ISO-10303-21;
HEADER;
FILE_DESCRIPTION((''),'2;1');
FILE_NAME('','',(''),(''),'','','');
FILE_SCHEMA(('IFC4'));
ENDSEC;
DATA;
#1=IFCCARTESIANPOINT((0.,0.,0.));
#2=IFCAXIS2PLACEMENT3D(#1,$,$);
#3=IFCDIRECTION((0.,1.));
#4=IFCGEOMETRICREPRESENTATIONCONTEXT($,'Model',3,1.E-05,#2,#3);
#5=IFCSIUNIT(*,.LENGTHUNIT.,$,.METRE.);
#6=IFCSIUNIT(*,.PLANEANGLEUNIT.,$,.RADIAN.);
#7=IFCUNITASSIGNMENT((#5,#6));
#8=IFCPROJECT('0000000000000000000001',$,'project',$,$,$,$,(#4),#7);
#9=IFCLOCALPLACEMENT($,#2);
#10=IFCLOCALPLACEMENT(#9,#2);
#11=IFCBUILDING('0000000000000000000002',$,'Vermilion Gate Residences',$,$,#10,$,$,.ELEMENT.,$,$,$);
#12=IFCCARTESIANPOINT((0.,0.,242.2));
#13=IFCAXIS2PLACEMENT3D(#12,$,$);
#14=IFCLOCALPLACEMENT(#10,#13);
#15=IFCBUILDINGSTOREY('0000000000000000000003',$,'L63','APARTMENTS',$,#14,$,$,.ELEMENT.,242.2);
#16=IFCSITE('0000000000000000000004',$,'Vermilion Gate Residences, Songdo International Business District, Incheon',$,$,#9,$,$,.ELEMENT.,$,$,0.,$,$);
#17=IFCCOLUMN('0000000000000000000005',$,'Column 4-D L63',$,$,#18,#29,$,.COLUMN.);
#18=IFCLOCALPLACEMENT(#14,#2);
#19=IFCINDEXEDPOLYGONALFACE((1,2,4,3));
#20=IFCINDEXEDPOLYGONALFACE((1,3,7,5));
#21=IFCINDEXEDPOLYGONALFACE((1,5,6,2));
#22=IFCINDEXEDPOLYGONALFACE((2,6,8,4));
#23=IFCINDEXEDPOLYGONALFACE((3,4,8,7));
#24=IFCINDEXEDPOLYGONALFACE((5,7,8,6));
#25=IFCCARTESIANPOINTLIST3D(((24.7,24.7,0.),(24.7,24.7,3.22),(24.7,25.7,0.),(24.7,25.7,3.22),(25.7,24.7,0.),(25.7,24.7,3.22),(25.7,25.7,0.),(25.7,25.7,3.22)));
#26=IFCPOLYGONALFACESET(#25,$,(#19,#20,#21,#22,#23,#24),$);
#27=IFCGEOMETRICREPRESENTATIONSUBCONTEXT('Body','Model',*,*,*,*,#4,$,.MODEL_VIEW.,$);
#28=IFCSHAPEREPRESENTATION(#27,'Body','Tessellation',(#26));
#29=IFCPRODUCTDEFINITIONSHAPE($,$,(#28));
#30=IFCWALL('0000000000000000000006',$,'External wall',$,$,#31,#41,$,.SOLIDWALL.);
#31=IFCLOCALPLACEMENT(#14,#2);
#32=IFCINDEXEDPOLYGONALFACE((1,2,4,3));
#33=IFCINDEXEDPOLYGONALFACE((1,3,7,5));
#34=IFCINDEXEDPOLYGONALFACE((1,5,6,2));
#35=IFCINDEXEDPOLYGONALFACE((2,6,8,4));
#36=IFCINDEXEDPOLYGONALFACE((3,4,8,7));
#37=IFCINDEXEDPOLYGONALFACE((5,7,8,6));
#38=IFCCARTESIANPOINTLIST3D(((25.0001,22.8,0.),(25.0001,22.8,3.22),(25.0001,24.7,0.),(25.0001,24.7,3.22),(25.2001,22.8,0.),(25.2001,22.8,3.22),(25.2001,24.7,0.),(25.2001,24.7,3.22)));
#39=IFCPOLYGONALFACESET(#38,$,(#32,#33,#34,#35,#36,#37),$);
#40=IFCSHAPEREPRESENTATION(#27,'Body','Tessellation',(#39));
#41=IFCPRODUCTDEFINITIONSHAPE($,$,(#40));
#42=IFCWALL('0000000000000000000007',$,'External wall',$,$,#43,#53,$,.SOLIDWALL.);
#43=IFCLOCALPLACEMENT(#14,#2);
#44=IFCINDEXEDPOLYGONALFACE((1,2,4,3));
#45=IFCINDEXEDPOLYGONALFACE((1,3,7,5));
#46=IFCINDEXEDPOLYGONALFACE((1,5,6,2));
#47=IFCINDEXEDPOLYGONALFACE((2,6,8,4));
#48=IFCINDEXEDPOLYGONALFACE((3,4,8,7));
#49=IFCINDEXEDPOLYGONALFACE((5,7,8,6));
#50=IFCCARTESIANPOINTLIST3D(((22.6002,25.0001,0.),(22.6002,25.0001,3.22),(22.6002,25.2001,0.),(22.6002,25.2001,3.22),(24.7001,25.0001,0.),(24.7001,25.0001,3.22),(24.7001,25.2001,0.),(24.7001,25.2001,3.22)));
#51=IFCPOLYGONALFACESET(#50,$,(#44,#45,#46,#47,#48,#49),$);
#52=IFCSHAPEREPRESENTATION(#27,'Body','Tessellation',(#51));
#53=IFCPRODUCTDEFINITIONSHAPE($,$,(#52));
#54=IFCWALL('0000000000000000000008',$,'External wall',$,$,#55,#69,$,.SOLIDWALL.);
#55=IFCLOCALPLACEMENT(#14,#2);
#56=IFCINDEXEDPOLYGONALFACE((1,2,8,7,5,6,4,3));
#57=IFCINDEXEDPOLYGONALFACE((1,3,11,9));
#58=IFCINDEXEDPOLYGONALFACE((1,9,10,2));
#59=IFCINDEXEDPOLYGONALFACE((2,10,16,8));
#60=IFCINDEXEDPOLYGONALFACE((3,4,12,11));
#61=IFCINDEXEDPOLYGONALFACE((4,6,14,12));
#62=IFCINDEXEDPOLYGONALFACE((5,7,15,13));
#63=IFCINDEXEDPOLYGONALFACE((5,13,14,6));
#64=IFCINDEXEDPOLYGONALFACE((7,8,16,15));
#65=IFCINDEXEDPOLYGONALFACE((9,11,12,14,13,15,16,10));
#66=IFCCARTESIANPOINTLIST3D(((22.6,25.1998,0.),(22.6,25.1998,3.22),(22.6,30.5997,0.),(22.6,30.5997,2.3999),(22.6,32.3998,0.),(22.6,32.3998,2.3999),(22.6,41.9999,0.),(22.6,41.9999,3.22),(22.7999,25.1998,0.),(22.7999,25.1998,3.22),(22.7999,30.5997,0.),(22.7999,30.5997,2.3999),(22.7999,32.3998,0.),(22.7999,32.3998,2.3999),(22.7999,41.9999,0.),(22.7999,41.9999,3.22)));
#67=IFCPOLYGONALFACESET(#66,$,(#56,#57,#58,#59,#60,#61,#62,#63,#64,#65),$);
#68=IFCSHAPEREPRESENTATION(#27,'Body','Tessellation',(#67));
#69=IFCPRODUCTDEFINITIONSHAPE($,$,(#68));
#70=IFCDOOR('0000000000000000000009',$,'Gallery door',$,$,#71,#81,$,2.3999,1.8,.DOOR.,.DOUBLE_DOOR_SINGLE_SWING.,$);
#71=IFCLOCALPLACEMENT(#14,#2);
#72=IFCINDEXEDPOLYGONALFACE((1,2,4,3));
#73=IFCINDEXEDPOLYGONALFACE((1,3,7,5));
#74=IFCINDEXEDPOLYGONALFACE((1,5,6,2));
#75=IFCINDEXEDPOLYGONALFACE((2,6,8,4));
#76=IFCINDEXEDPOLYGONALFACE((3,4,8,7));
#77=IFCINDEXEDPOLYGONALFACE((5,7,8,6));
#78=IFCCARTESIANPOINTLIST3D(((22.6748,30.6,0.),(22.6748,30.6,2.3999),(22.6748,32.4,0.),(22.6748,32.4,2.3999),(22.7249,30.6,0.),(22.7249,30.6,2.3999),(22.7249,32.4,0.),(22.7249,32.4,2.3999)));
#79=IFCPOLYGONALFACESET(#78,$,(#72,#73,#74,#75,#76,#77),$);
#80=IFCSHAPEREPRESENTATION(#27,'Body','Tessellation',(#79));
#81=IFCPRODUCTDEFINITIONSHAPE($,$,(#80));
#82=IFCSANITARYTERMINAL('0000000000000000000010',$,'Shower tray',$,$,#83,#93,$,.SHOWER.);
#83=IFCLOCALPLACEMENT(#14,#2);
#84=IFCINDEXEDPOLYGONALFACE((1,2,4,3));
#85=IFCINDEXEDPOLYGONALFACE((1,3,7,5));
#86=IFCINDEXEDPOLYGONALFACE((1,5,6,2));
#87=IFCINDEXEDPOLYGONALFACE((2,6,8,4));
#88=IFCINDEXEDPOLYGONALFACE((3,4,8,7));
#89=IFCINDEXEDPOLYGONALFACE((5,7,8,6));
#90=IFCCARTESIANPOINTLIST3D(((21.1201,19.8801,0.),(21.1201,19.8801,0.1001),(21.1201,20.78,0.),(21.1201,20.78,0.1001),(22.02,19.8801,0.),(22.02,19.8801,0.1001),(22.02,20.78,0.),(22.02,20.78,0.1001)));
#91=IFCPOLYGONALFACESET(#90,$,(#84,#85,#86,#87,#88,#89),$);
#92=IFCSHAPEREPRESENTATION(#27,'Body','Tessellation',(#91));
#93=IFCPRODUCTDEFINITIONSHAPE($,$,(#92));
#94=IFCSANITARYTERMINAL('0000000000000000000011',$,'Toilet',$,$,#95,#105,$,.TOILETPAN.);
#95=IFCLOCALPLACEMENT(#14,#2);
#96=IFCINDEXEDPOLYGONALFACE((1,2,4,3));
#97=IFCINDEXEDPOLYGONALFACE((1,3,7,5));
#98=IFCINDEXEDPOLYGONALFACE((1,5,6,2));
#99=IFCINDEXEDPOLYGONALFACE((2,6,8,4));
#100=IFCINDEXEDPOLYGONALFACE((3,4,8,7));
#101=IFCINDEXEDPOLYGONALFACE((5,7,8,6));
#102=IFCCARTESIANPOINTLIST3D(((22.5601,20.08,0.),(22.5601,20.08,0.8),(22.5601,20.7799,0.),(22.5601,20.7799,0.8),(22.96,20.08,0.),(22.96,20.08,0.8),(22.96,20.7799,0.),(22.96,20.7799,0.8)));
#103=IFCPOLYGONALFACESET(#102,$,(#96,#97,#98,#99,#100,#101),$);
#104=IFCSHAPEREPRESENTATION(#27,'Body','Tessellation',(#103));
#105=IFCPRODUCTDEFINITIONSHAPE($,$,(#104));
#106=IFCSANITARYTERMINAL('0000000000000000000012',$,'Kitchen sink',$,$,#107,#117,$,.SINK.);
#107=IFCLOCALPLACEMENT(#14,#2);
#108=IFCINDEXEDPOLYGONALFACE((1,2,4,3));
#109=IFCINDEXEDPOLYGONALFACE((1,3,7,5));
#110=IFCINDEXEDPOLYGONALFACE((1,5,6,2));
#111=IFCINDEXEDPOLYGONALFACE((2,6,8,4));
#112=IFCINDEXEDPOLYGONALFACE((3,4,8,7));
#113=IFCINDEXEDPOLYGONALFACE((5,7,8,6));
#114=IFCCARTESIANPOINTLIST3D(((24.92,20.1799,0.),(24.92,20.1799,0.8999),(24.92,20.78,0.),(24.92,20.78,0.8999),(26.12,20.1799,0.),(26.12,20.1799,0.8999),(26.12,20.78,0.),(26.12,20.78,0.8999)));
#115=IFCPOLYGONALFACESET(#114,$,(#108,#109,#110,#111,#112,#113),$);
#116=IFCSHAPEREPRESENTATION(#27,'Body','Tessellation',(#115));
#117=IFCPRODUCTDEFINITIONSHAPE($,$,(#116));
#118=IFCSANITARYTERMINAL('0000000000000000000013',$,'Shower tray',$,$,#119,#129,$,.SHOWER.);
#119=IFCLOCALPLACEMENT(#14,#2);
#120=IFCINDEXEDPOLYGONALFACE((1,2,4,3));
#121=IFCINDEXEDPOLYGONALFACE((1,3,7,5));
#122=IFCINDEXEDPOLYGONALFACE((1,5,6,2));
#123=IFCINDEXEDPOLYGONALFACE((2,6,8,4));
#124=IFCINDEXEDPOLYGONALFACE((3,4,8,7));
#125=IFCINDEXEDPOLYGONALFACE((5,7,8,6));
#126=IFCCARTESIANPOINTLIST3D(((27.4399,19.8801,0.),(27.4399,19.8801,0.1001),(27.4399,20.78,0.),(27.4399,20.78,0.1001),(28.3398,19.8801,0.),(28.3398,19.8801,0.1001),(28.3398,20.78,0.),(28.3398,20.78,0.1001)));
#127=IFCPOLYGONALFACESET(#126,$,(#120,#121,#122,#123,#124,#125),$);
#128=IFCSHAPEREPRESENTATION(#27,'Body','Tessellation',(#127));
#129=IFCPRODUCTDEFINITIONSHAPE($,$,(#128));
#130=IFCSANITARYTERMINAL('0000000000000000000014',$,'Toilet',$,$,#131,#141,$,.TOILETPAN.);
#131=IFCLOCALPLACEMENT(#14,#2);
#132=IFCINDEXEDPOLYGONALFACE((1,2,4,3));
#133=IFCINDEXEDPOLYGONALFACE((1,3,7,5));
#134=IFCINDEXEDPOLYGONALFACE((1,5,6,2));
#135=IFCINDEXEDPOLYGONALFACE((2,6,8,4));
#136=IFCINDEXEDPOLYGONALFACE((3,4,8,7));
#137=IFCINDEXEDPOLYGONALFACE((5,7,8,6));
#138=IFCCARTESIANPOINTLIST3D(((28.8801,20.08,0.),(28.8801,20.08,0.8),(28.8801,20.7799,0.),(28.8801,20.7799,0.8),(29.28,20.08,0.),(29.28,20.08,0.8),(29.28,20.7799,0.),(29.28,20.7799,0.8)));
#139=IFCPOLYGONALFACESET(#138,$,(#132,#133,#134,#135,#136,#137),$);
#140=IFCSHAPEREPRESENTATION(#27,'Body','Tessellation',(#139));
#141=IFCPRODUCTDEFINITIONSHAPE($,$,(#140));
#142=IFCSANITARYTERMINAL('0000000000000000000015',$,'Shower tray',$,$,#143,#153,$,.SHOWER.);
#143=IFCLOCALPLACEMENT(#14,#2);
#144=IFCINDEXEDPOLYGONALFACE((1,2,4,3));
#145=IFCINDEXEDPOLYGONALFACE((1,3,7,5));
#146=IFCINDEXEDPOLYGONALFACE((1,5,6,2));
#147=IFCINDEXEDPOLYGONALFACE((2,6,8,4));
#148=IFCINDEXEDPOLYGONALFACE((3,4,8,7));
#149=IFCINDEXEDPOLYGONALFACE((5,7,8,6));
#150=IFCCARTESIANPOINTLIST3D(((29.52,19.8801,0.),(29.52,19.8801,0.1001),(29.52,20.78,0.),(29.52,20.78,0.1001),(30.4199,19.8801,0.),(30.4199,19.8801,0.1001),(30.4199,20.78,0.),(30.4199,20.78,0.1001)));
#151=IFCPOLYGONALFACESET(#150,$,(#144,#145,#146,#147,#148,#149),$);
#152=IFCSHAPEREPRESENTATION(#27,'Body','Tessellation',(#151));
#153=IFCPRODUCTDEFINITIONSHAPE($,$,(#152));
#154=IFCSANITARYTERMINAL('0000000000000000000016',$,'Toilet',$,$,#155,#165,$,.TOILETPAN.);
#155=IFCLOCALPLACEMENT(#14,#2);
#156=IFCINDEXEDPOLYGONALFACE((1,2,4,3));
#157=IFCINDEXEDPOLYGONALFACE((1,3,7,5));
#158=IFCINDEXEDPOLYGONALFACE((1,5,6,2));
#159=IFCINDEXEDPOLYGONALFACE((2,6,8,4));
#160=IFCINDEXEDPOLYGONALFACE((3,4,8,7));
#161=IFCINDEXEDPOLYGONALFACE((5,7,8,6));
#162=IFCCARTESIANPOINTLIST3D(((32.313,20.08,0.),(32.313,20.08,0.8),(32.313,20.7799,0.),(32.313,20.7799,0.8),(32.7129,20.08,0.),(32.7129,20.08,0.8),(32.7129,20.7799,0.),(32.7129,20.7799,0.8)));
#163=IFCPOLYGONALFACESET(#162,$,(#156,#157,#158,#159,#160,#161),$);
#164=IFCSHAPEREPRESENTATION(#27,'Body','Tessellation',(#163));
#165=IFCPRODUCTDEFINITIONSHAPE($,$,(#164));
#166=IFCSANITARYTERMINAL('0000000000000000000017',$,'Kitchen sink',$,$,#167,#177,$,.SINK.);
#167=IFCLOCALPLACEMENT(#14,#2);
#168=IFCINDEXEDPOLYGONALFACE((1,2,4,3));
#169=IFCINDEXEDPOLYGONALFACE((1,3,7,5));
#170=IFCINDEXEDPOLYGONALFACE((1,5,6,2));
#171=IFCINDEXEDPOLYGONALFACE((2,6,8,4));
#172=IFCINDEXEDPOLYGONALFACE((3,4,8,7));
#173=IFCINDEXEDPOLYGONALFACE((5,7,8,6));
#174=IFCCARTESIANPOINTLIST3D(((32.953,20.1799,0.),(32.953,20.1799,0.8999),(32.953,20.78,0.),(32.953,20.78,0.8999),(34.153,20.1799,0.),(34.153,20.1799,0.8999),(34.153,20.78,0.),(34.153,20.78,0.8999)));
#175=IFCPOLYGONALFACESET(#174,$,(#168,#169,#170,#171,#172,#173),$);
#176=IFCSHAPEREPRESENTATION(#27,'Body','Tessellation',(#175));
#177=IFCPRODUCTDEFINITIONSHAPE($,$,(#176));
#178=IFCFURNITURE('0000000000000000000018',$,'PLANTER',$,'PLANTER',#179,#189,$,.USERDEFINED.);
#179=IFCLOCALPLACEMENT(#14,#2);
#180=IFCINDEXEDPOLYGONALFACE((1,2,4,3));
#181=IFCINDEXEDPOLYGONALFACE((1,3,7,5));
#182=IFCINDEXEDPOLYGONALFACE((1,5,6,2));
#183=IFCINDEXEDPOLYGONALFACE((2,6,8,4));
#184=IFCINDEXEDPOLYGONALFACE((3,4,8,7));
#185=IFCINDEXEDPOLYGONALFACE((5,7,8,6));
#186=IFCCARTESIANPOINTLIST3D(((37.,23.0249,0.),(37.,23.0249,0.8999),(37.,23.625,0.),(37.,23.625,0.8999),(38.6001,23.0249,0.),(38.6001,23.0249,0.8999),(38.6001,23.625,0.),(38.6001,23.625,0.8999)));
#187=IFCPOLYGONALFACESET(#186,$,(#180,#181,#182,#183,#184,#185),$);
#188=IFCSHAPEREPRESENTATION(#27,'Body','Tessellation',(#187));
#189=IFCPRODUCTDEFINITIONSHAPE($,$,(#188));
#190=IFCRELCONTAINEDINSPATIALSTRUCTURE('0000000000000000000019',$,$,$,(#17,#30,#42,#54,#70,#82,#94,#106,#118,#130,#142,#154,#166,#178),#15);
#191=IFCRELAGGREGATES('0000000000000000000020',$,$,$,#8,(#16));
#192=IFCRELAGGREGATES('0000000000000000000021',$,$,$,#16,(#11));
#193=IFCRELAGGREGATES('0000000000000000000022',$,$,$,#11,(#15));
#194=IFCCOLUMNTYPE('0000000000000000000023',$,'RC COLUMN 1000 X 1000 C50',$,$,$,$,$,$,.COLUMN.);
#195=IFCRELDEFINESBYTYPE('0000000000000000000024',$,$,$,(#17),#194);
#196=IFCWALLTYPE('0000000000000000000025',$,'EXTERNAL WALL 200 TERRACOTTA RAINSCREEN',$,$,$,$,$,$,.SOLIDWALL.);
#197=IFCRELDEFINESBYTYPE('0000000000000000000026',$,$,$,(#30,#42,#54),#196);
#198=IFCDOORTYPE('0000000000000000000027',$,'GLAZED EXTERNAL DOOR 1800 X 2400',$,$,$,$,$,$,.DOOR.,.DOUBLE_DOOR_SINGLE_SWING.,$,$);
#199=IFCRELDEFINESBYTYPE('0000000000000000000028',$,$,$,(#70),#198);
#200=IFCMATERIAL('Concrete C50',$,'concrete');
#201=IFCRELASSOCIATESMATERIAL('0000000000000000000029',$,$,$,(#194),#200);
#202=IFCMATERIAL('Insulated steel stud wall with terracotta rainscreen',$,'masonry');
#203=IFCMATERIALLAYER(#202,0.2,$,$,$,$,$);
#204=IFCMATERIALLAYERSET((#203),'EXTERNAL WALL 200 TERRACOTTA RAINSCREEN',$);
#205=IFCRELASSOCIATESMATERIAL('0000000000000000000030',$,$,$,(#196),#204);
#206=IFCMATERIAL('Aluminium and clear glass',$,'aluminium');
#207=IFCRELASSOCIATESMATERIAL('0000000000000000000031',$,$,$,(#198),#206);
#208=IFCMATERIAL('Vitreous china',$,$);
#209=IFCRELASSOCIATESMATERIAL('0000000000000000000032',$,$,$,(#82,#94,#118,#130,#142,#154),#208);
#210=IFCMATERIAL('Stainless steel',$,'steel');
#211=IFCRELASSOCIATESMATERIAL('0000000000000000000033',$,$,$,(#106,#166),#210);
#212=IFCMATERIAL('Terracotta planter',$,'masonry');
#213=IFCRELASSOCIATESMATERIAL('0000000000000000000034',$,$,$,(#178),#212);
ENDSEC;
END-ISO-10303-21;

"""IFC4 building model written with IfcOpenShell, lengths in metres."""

from ifc_helpers import new_model, si_unit, direction, frame, frame_2d, origin, origin_2d, place, context, subcontext, project, spatial, rectangle, extrude, material, layer, layer_set, material_profile, profile_set, type_object, element, fill, save


model = new_model("IFC4")

# Units and contexts
model_context = context("Model", 3, precision=1e-05, world=origin(), true_north=direction((0.0, 1.0)))
body_context = subcontext(model_context, "Body", "Model", "MODEL_VIEW")
ifc_project = project(units=[si_unit("LENGTHUNIT", "METRE"), si_unit("PLANEANGLEUNIT", "RADIAN")], contexts=[model_context])

# Site, building, storey
site_placement = place(None, origin())
site = spatial("IfcSite", under=ifc_project, at=site_placement, Name="Vermilion Gate Residences, Songdo International Business District, Incheon", CompositionType="ELEMENT", RefElevation=0.0)
building_placement = place(site_placement, origin())
building = spatial("IfcBuilding", under=site, at=building_placement, Name="Vermilion Gate Residences", CompositionType="ELEMENT")
storey_placement = place(building_placement, frame((0.0, 0.0, 242.2)))
storey = spatial("IfcBuildingStorey", under=building, at=storey_placement, Name="L63", Description="APARTMENTS", CompositionType="ELEMENT", Elevation=242.2)

# Column
ifc_material_1 = material(Name="Concrete C50", Category="concrete")
ifc_material_profile = material_profile(ifc_material_1, rectangle(XDim=1.0, YDim=1.0, at=origin_2d()), Name="RC-1000x1000")
ifc_profile_set = profile_set([ifc_material_profile], Name="Concrete C50")
column_type = type_object("IfcColumnType", Name="RC COLUMN 1000 X 1000 C50", PredefinedType="COLUMN", material=ifc_profile_set)
column_placement = place(storey_placement, frame((25.2, 25.2, 0.0), z_axis=(0.0, 0.0, 1.0), x_axis=(1.0, 0.0, 0.0)))
element("IfcColumn", 1, at=column_placement, inside=storey, type_object=column_type, Name="Column 4-D L63", PredefinedType="COLUMN", context=body_context, shape_type="SweptSolid", body=[
    extrude(rectangle(XDim=1.0, YDim=1.0, at=origin_2d()), origin(), (0.0, 0.0, 1.0), 3.22),
])

# Walls
ifc_material_2 = material(Name="Insulated steel stud wall with terracotta rainscreen", Category="masonry")
ifc_layer = layer(ifc_material_2, 0.2)
ifc_layer_set = layer_set([ifc_layer], Name="EXTERNAL WALL 200 TERRACOTTA RAINSCREEN")
wall_type = type_object("IfcWallType", Name="EXTERNAL WALL 200 TERRACOTTA RAINSCREEN", PredefinedType="SOLIDWALL", material=ifc_layer_set)
wall_1_placement = place(storey_placement, frame((25.1001, 22.8, 0.0), z_axis=(0.0, 0.0, 1.0), x_axis=(0.0, 1.0, 0.0)))
element("IfcWall", 2, at=wall_1_placement, inside=storey, type_object=wall_type, Name="External wall", PredefinedType="SOLIDWALL", context=body_context, shape_type="SweptSolid", body=[
    extrude(rectangle(XDim=1.8999, YDim=0.2, at=frame_2d((0.95, 0.0))), origin(), (0.0, 0.0, 1.0), 3.22),
])
wall_2_placement = place(storey_placement, frame((24.7, 25.1001, 0.0), z_axis=(0.0, 0.0, 1.0), x_axis=(-1.0, 0.0, 0.0)))
element("IfcWall", 3, at=wall_2_placement, inside=storey, type_object=wall_type, Name="External wall", PredefinedType="SOLIDWALL", context=body_context, shape_type="SweptSolid", body=[
    extrude(rectangle(XDim=2.0999, YDim=0.2, at=frame_2d((1.0498, 0.0))), origin(), (0.0, 0.0, 1.0), 3.22),
])

# Wall, opening, door
wall_3_placement = place(storey_placement, frame((22.7, 25.2, 0.0), z_axis=(0.0, 0.0, 1.0), x_axis=(0.0, 1.0, 0.0)))
wall_3 = element("IfcWall", 4, at=wall_3_placement, inside=storey, type_object=wall_type, Name="External wall", PredefinedType="SOLIDWALL", context=body_context, shape_type="SweptSolid", body=[
    extrude(rectangle(XDim=16.8, YDim=0.2, at=frame_2d((8.3999, 0.0))), origin(), (0.0, 0.0, 1.0), 3.22),
])
opening_placement = place(wall_3_placement, frame((5.3999, 0.0, 0.0)))
opening = element("IfcOpeningElement", 5, at=opening_placement, cuts=wall_3, PredefinedType="OPENING", context=body_context, shape_type="SweptSolid", body=[
    extrude(rectangle(XDim=1.8, YDim=2.3999, at=frame_2d((0.8999, 1.2))), frame((0.0, 0.1099, 0.0), z_axis=(0.0, -1.0, 0.0), x_axis=(1.0, 0.0, 0.0)), (0.0, 0.0, 1.0), 0.22),
])
ifc_material_3 = material(Name="Aluminium and clear glass", Category="aluminium")
door_type = type_object("IfcDoorType", Name="GLAZED EXTERNAL DOOR 1800 X 2400", OperationType="DOUBLE_DOOR_SINGLE_SWING", PredefinedType="DOOR", material=ifc_material_3)
door_placement = place(opening_placement, frame((1.8, 0.0, 0.0), z_axis=(0.0, 0.0, 1.0), x_axis=(-1.0, 0.0, 0.0)))
door = element("IfcDoor", 6, at=door_placement, inside=storey, type_object=door_type, Name="Gallery door", OperationType="DOUBLE_DOOR_SINGLE_SWING", OverallHeight=2.3999, OverallWidth=1.8, PredefinedType="DOOR", context=body_context, shape_type="SweptSolid", body=[
    extrude(rectangle(XDim=1.8, YDim=2.3999, at=frame_2d((0.8999, 1.2))), frame((0.0, 0.0249, 0.0), z_axis=(0.0, -1.0, 0.0), x_axis=(1.0, 0.0, 0.0)), (0.0, 0.0, 1.0), 0.05),
])
fill(opening, door)

# Sanitary terminals
ifc_material_4 = material(Name="Vitreous china")
sanitary_terminal_1_placement = place(storey_placement, frame((21.5701, 20.3301, 0.0), z_axis=(0.0, 0.0, 1.0), x_axis=(1.0, 0.0, 0.0)))
element("IfcSanitaryTerminal", 7, at=sanitary_terminal_1_placement, inside=storey, material=ifc_material_4, Name="Shower tray", PredefinedType="SHOWER", context=body_context, shape_type="SweptSolid", body=[
    extrude(rectangle(XDim=0.8999, YDim=0.8999, at=origin_2d()), origin(), (0.0, 0.0, 1.0), 0.1001),
])
sanitary_terminal_2_placement = place(storey_placement, frame((22.76, 20.4299, 0.0), z_axis=(0.0, 0.0, 1.0), x_axis=(1.0, 0.0, 0.0)))
element("IfcSanitaryTerminal", 8, at=sanitary_terminal_2_placement, inside=storey, material=ifc_material_4, Name="Toilet", PredefinedType="TOILETPAN", context=body_context, shape_type="SweptSolid", body=[
    extrude(rectangle(XDim=0.3999, YDim=0.7, at=origin_2d()), origin(), (0.0, 0.0, 1.0), 0.8),
])
ifc_material_5 = material(Name="Stainless steel", Category="steel")
sanitary_terminal_3_placement = place(storey_placement, frame((25.52, 20.48, 0.0), z_axis=(0.0, 0.0, 1.0), x_axis=(1.0, 0.0, 0.0)))
element("IfcSanitaryTerminal", 9, at=sanitary_terminal_3_placement, inside=storey, material=ifc_material_5, Name="Kitchen sink", PredefinedType="SINK", context=body_context, shape_type="SweptSolid", body=[
    extrude(rectangle(XDim=1.2, YDim=0.6001, at=origin_2d()), origin(), (0.0, 0.0, 1.0), 0.8999),
])
sanitary_terminal_4_placement = place(storey_placement, frame((27.8899, 20.3301, 0.0), z_axis=(0.0, 0.0, 1.0), x_axis=(1.0, 0.0, 0.0)))
element("IfcSanitaryTerminal", 10, at=sanitary_terminal_4_placement, inside=storey, material=ifc_material_4, Name="Shower tray", PredefinedType="SHOWER", context=body_context, shape_type="SweptSolid", body=[
    extrude(rectangle(XDim=0.8999, YDim=0.8999, at=origin_2d()), origin(), (0.0, 0.0, 1.0), 0.1001),
])
sanitary_terminal_5_placement = place(storey_placement, frame((29.0801, 20.4299, 0.0), z_axis=(0.0, 0.0, 1.0), x_axis=(1.0, 0.0, 0.0)))
element("IfcSanitaryTerminal", 11, at=sanitary_terminal_5_placement, inside=storey, material=ifc_material_4, Name="Toilet", PredefinedType="TOILETPAN", context=body_context, shape_type="SweptSolid", body=[
    extrude(rectangle(XDim=0.3999, YDim=0.7, at=origin_2d()), origin(), (0.0, 0.0, 1.0), 0.8),
])
sanitary_terminal_6_placement = place(storey_placement, frame((29.97, 20.3301, 0.0), z_axis=(0.0, 0.0, 1.0), x_axis=(1.0, 0.0, 0.0)))
element("IfcSanitaryTerminal", 12, at=sanitary_terminal_6_placement, inside=storey, material=ifc_material_4, Name="Shower tray", PredefinedType="SHOWER", context=body_context, shape_type="SweptSolid", body=[
    extrude(rectangle(XDim=0.8999, YDim=0.8999, at=origin_2d()), origin(), (0.0, 0.0, 1.0), 0.1001),
])
sanitary_terminal_7_placement = place(storey_placement, frame((32.5129, 20.4299, 0.0), z_axis=(0.0, 0.0, 1.0), x_axis=(1.0, 0.0, 0.0)))
element("IfcSanitaryTerminal", 13, at=sanitary_terminal_7_placement, inside=storey, material=ifc_material_4, Name="Toilet", PredefinedType="TOILETPAN", context=body_context, shape_type="SweptSolid", body=[
    extrude(rectangle(XDim=0.3999, YDim=0.7, at=origin_2d()), origin(), (0.0, 0.0, 1.0), 0.8),
])
sanitary_terminal_8_placement = place(storey_placement, frame((33.553, 20.48, 0.0), z_axis=(0.0, 0.0, 1.0), x_axis=(1.0, 0.0, 0.0)))
element("IfcSanitaryTerminal", 14, at=sanitary_terminal_8_placement, inside=storey, material=ifc_material_5, Name="Kitchen sink", PredefinedType="SINK", context=body_context, shape_type="SweptSolid", body=[
    extrude(rectangle(XDim=1.2, YDim=0.6001, at=origin_2d()), origin(), (0.0, 0.0, 1.0), 0.8999),
])

# Furniture
ifc_material_6 = material(Name="Terracotta planter", Category="masonry")
furniture_placement = place(storey_placement, frame((37.8, 23.325, 0.0), z_axis=(0.0, 0.0, 1.0), x_axis=(-1.0, 0.0, 0.0)))
element("IfcFurniture", 15, at=furniture_placement, inside=storey, material=ifc_material_6, Name="PLANTER", ObjectType="PLANTER", PredefinedType="USERDEFINED", context=body_context, shape_type="SweptSolid", body=[
    extrude(rectangle(XDim=1.6001, YDim=0.6001, at=origin_2d()), origin(), (0.0, 0.0, 1.0), 0.8999),
])

save(model, "model.ifc")
